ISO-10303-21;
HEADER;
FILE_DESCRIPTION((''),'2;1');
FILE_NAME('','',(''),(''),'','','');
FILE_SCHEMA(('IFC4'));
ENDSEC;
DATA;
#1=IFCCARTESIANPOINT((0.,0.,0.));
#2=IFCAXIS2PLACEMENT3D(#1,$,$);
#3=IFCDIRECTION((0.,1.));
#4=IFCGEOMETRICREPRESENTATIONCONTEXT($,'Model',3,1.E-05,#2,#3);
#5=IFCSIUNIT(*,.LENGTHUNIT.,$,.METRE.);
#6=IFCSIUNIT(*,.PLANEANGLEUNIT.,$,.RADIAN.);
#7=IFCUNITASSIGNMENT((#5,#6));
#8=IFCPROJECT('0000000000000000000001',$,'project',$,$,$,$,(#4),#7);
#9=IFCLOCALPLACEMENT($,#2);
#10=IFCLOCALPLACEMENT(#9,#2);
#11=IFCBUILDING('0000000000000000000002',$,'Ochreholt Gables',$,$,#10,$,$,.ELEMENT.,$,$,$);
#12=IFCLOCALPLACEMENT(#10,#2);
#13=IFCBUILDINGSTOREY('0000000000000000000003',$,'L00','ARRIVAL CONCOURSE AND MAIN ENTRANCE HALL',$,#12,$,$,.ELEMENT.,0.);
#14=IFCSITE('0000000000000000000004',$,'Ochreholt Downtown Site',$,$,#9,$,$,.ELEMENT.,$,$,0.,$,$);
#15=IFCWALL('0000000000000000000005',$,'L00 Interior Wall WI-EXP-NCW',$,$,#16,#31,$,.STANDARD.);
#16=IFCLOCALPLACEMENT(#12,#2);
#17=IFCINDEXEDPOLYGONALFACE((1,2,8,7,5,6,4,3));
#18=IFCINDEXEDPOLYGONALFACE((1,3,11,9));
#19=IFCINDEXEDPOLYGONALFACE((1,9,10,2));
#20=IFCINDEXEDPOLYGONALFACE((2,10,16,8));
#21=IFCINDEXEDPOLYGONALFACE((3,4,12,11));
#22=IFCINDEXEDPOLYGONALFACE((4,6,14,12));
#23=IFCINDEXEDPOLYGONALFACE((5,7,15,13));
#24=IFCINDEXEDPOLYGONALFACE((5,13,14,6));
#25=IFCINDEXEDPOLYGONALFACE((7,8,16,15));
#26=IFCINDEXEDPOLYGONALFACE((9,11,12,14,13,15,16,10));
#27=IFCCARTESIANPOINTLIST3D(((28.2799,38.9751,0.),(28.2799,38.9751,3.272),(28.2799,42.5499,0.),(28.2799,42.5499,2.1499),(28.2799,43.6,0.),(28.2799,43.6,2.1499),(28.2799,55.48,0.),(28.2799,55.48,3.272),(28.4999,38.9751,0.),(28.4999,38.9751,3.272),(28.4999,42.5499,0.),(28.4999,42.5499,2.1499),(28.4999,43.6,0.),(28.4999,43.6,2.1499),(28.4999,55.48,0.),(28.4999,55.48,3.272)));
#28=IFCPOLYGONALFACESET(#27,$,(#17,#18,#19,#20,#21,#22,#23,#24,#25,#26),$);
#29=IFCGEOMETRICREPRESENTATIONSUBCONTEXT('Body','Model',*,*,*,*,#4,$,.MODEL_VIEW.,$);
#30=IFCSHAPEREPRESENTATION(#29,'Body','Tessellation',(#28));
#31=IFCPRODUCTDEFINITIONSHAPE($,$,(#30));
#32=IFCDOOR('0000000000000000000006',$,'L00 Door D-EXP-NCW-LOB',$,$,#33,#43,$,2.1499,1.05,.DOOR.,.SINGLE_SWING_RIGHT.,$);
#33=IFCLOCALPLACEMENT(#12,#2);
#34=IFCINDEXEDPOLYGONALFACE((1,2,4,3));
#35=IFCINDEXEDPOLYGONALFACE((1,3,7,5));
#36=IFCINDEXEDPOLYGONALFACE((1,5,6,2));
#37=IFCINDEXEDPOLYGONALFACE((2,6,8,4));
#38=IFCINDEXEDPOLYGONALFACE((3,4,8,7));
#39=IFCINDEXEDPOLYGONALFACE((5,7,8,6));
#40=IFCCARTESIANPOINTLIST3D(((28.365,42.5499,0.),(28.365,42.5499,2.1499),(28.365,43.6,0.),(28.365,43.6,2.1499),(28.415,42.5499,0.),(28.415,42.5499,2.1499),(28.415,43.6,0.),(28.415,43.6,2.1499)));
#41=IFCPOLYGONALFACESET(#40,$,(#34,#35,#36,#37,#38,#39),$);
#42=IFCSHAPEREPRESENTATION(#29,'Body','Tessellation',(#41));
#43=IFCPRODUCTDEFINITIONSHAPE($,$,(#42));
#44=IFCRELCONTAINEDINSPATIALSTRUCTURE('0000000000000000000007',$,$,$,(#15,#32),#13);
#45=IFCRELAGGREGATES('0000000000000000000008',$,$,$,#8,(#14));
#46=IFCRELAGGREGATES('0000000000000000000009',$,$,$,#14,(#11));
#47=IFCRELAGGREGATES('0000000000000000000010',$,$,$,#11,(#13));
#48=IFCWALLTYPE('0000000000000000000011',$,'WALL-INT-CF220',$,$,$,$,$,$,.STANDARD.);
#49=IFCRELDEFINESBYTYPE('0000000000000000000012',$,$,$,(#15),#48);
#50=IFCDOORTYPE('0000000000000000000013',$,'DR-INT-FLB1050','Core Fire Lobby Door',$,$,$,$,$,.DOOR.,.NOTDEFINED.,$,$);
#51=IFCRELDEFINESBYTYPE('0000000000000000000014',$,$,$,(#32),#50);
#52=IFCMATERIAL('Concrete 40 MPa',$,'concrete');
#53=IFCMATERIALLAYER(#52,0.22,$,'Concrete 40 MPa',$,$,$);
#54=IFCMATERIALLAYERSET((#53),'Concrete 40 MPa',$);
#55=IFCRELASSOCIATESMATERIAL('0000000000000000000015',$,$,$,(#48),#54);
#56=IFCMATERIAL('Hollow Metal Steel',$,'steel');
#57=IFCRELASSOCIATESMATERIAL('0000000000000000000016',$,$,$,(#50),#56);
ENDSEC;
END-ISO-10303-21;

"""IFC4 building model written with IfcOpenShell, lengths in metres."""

from ifc_helpers import new_model, si_unit, direction, frame, frame_2d, origin, place, context, subcontext, project, spatial, rectangle, extrude, material, layer, layer_set, type_object, element, fill, save


model = new_model("IFC4")

# Units and contexts
model_context = context("Model", 3, precision=1e-05, world=origin(), true_north=direction((0.0, 1.0)))
body_context = subcontext(model_context, "Body", "Model", "MODEL_VIEW")
ifc_project = project(units=[si_unit("LENGTHUNIT", "METRE"), si_unit("PLANEANGLEUNIT", "RADIAN")], contexts=[model_context])

# Site, building, storey
site_placement = place(None, origin())
site = spatial("IfcSite", under=ifc_project, at=site_placement, Name="Ochreholt Downtown Site", CompositionType="ELEMENT", RefElevation=0.0)
building_placement = place(site_placement, origin())
building = spatial("IfcBuilding", under=site, at=building_placement, Name="Ochreholt Gables", CompositionType="ELEMENT")
storey_placement = place(building_placement, origin())
storey = spatial("IfcBuildingStorey", under=building, at=storey_placement, Name="L00", Description="ARRIVAL CONCOURSE AND MAIN ENTRANCE HALL", CompositionType="ELEMENT", Elevation=0.0)

# Wall, opening, door
ifc_material_1 = material(Name="Hollow Metal Steel", Category="steel")
ifc_material_2 = material(Name="Concrete 40 MPa", Category="concrete")
ifc_layer_1 = layer(ifc_material_2, 0.22, Name="Concrete 40 MPa")
ifc_layer_set_1 = layer_set([ifc_layer_1], Name="Concrete 40 MPa")
wall_type_1 = type_object("IfcWallType", Name="WALL-INT-CF220", PredefinedType="STANDARD", material=ifc_layer_set_1)
wall_1_placement = place(storey_placement, frame((28.3899, 38.9751, 0.0), z_axis=(0.0, 0.0, 1.0), x_axis=(0.0, 1.0, 0.0)))
wall_1 = element("IfcWall", 1, at=wall_1_placement, inside=storey, type_object=wall_type_1, Name="L00 Interior Wall WI-EXP-NCW", PredefinedType="STANDARD", context=body_context, shape_type="SweptSolid", body=[
    extrude(rectangle(XDim=16.5049, YDim=0.22, at=frame_2d((8.2524, 0.0))), origin(), (0.0, 0.0, 1.0), 3.272),
])
opening_1_placement = place(wall_1_placement, frame((3.575, 0.0, 0.0)))
opening_1 = element("IfcOpeningElement", 2, at=opening_1_placement, cuts=wall_1, PredefinedType="OPENING", context=body_context, shape_type="SweptSolid", body=[
    extrude(rectangle(XDim=1.05, YDim=2.1499, at=frame_2d((0.5249, 1.075))), frame((0.0, 0.1199, 0.0), z_axis=(0.0, -1.0, 0.0), x_axis=(1.0, 0.0, 0.0)), (0.0, 0.0, 1.0), 0.24),
])
door_type_1 = type_object("IfcDoorType", Name="DR-INT-FLB1050", Description="Core Fire Lobby Door", OperationType="NOTDEFINED", PredefinedType="DOOR", material=ifc_material_1)
door_1_placement = place(opening_1_placement, origin())
door_1 = element("IfcDoor", 3, at=door_1_placement, inside=storey, type_object=door_type_1, Name="L00 Door D-EXP-NCW-LOB", OperationType="SINGLE_SWING_RIGHT", OverallHeight=2.1499, OverallWidth=1.05, PredefinedType="DOOR", context=body_context, shape_type="SweptSolid", body=[
    extrude(rectangle(XDim=1.05, YDim=2.1499, at=frame_2d((0.5249, 1.075))), frame((0.0, 0.0249, 0.0), z_axis=(0.0, -1.0, 0.0), x_axis=(1.0, 0.0, 0.0)), (0.0, 0.0, 1.0), 0.05),
])
fill(opening_1, door_1)

save(model, "model.ifc")
